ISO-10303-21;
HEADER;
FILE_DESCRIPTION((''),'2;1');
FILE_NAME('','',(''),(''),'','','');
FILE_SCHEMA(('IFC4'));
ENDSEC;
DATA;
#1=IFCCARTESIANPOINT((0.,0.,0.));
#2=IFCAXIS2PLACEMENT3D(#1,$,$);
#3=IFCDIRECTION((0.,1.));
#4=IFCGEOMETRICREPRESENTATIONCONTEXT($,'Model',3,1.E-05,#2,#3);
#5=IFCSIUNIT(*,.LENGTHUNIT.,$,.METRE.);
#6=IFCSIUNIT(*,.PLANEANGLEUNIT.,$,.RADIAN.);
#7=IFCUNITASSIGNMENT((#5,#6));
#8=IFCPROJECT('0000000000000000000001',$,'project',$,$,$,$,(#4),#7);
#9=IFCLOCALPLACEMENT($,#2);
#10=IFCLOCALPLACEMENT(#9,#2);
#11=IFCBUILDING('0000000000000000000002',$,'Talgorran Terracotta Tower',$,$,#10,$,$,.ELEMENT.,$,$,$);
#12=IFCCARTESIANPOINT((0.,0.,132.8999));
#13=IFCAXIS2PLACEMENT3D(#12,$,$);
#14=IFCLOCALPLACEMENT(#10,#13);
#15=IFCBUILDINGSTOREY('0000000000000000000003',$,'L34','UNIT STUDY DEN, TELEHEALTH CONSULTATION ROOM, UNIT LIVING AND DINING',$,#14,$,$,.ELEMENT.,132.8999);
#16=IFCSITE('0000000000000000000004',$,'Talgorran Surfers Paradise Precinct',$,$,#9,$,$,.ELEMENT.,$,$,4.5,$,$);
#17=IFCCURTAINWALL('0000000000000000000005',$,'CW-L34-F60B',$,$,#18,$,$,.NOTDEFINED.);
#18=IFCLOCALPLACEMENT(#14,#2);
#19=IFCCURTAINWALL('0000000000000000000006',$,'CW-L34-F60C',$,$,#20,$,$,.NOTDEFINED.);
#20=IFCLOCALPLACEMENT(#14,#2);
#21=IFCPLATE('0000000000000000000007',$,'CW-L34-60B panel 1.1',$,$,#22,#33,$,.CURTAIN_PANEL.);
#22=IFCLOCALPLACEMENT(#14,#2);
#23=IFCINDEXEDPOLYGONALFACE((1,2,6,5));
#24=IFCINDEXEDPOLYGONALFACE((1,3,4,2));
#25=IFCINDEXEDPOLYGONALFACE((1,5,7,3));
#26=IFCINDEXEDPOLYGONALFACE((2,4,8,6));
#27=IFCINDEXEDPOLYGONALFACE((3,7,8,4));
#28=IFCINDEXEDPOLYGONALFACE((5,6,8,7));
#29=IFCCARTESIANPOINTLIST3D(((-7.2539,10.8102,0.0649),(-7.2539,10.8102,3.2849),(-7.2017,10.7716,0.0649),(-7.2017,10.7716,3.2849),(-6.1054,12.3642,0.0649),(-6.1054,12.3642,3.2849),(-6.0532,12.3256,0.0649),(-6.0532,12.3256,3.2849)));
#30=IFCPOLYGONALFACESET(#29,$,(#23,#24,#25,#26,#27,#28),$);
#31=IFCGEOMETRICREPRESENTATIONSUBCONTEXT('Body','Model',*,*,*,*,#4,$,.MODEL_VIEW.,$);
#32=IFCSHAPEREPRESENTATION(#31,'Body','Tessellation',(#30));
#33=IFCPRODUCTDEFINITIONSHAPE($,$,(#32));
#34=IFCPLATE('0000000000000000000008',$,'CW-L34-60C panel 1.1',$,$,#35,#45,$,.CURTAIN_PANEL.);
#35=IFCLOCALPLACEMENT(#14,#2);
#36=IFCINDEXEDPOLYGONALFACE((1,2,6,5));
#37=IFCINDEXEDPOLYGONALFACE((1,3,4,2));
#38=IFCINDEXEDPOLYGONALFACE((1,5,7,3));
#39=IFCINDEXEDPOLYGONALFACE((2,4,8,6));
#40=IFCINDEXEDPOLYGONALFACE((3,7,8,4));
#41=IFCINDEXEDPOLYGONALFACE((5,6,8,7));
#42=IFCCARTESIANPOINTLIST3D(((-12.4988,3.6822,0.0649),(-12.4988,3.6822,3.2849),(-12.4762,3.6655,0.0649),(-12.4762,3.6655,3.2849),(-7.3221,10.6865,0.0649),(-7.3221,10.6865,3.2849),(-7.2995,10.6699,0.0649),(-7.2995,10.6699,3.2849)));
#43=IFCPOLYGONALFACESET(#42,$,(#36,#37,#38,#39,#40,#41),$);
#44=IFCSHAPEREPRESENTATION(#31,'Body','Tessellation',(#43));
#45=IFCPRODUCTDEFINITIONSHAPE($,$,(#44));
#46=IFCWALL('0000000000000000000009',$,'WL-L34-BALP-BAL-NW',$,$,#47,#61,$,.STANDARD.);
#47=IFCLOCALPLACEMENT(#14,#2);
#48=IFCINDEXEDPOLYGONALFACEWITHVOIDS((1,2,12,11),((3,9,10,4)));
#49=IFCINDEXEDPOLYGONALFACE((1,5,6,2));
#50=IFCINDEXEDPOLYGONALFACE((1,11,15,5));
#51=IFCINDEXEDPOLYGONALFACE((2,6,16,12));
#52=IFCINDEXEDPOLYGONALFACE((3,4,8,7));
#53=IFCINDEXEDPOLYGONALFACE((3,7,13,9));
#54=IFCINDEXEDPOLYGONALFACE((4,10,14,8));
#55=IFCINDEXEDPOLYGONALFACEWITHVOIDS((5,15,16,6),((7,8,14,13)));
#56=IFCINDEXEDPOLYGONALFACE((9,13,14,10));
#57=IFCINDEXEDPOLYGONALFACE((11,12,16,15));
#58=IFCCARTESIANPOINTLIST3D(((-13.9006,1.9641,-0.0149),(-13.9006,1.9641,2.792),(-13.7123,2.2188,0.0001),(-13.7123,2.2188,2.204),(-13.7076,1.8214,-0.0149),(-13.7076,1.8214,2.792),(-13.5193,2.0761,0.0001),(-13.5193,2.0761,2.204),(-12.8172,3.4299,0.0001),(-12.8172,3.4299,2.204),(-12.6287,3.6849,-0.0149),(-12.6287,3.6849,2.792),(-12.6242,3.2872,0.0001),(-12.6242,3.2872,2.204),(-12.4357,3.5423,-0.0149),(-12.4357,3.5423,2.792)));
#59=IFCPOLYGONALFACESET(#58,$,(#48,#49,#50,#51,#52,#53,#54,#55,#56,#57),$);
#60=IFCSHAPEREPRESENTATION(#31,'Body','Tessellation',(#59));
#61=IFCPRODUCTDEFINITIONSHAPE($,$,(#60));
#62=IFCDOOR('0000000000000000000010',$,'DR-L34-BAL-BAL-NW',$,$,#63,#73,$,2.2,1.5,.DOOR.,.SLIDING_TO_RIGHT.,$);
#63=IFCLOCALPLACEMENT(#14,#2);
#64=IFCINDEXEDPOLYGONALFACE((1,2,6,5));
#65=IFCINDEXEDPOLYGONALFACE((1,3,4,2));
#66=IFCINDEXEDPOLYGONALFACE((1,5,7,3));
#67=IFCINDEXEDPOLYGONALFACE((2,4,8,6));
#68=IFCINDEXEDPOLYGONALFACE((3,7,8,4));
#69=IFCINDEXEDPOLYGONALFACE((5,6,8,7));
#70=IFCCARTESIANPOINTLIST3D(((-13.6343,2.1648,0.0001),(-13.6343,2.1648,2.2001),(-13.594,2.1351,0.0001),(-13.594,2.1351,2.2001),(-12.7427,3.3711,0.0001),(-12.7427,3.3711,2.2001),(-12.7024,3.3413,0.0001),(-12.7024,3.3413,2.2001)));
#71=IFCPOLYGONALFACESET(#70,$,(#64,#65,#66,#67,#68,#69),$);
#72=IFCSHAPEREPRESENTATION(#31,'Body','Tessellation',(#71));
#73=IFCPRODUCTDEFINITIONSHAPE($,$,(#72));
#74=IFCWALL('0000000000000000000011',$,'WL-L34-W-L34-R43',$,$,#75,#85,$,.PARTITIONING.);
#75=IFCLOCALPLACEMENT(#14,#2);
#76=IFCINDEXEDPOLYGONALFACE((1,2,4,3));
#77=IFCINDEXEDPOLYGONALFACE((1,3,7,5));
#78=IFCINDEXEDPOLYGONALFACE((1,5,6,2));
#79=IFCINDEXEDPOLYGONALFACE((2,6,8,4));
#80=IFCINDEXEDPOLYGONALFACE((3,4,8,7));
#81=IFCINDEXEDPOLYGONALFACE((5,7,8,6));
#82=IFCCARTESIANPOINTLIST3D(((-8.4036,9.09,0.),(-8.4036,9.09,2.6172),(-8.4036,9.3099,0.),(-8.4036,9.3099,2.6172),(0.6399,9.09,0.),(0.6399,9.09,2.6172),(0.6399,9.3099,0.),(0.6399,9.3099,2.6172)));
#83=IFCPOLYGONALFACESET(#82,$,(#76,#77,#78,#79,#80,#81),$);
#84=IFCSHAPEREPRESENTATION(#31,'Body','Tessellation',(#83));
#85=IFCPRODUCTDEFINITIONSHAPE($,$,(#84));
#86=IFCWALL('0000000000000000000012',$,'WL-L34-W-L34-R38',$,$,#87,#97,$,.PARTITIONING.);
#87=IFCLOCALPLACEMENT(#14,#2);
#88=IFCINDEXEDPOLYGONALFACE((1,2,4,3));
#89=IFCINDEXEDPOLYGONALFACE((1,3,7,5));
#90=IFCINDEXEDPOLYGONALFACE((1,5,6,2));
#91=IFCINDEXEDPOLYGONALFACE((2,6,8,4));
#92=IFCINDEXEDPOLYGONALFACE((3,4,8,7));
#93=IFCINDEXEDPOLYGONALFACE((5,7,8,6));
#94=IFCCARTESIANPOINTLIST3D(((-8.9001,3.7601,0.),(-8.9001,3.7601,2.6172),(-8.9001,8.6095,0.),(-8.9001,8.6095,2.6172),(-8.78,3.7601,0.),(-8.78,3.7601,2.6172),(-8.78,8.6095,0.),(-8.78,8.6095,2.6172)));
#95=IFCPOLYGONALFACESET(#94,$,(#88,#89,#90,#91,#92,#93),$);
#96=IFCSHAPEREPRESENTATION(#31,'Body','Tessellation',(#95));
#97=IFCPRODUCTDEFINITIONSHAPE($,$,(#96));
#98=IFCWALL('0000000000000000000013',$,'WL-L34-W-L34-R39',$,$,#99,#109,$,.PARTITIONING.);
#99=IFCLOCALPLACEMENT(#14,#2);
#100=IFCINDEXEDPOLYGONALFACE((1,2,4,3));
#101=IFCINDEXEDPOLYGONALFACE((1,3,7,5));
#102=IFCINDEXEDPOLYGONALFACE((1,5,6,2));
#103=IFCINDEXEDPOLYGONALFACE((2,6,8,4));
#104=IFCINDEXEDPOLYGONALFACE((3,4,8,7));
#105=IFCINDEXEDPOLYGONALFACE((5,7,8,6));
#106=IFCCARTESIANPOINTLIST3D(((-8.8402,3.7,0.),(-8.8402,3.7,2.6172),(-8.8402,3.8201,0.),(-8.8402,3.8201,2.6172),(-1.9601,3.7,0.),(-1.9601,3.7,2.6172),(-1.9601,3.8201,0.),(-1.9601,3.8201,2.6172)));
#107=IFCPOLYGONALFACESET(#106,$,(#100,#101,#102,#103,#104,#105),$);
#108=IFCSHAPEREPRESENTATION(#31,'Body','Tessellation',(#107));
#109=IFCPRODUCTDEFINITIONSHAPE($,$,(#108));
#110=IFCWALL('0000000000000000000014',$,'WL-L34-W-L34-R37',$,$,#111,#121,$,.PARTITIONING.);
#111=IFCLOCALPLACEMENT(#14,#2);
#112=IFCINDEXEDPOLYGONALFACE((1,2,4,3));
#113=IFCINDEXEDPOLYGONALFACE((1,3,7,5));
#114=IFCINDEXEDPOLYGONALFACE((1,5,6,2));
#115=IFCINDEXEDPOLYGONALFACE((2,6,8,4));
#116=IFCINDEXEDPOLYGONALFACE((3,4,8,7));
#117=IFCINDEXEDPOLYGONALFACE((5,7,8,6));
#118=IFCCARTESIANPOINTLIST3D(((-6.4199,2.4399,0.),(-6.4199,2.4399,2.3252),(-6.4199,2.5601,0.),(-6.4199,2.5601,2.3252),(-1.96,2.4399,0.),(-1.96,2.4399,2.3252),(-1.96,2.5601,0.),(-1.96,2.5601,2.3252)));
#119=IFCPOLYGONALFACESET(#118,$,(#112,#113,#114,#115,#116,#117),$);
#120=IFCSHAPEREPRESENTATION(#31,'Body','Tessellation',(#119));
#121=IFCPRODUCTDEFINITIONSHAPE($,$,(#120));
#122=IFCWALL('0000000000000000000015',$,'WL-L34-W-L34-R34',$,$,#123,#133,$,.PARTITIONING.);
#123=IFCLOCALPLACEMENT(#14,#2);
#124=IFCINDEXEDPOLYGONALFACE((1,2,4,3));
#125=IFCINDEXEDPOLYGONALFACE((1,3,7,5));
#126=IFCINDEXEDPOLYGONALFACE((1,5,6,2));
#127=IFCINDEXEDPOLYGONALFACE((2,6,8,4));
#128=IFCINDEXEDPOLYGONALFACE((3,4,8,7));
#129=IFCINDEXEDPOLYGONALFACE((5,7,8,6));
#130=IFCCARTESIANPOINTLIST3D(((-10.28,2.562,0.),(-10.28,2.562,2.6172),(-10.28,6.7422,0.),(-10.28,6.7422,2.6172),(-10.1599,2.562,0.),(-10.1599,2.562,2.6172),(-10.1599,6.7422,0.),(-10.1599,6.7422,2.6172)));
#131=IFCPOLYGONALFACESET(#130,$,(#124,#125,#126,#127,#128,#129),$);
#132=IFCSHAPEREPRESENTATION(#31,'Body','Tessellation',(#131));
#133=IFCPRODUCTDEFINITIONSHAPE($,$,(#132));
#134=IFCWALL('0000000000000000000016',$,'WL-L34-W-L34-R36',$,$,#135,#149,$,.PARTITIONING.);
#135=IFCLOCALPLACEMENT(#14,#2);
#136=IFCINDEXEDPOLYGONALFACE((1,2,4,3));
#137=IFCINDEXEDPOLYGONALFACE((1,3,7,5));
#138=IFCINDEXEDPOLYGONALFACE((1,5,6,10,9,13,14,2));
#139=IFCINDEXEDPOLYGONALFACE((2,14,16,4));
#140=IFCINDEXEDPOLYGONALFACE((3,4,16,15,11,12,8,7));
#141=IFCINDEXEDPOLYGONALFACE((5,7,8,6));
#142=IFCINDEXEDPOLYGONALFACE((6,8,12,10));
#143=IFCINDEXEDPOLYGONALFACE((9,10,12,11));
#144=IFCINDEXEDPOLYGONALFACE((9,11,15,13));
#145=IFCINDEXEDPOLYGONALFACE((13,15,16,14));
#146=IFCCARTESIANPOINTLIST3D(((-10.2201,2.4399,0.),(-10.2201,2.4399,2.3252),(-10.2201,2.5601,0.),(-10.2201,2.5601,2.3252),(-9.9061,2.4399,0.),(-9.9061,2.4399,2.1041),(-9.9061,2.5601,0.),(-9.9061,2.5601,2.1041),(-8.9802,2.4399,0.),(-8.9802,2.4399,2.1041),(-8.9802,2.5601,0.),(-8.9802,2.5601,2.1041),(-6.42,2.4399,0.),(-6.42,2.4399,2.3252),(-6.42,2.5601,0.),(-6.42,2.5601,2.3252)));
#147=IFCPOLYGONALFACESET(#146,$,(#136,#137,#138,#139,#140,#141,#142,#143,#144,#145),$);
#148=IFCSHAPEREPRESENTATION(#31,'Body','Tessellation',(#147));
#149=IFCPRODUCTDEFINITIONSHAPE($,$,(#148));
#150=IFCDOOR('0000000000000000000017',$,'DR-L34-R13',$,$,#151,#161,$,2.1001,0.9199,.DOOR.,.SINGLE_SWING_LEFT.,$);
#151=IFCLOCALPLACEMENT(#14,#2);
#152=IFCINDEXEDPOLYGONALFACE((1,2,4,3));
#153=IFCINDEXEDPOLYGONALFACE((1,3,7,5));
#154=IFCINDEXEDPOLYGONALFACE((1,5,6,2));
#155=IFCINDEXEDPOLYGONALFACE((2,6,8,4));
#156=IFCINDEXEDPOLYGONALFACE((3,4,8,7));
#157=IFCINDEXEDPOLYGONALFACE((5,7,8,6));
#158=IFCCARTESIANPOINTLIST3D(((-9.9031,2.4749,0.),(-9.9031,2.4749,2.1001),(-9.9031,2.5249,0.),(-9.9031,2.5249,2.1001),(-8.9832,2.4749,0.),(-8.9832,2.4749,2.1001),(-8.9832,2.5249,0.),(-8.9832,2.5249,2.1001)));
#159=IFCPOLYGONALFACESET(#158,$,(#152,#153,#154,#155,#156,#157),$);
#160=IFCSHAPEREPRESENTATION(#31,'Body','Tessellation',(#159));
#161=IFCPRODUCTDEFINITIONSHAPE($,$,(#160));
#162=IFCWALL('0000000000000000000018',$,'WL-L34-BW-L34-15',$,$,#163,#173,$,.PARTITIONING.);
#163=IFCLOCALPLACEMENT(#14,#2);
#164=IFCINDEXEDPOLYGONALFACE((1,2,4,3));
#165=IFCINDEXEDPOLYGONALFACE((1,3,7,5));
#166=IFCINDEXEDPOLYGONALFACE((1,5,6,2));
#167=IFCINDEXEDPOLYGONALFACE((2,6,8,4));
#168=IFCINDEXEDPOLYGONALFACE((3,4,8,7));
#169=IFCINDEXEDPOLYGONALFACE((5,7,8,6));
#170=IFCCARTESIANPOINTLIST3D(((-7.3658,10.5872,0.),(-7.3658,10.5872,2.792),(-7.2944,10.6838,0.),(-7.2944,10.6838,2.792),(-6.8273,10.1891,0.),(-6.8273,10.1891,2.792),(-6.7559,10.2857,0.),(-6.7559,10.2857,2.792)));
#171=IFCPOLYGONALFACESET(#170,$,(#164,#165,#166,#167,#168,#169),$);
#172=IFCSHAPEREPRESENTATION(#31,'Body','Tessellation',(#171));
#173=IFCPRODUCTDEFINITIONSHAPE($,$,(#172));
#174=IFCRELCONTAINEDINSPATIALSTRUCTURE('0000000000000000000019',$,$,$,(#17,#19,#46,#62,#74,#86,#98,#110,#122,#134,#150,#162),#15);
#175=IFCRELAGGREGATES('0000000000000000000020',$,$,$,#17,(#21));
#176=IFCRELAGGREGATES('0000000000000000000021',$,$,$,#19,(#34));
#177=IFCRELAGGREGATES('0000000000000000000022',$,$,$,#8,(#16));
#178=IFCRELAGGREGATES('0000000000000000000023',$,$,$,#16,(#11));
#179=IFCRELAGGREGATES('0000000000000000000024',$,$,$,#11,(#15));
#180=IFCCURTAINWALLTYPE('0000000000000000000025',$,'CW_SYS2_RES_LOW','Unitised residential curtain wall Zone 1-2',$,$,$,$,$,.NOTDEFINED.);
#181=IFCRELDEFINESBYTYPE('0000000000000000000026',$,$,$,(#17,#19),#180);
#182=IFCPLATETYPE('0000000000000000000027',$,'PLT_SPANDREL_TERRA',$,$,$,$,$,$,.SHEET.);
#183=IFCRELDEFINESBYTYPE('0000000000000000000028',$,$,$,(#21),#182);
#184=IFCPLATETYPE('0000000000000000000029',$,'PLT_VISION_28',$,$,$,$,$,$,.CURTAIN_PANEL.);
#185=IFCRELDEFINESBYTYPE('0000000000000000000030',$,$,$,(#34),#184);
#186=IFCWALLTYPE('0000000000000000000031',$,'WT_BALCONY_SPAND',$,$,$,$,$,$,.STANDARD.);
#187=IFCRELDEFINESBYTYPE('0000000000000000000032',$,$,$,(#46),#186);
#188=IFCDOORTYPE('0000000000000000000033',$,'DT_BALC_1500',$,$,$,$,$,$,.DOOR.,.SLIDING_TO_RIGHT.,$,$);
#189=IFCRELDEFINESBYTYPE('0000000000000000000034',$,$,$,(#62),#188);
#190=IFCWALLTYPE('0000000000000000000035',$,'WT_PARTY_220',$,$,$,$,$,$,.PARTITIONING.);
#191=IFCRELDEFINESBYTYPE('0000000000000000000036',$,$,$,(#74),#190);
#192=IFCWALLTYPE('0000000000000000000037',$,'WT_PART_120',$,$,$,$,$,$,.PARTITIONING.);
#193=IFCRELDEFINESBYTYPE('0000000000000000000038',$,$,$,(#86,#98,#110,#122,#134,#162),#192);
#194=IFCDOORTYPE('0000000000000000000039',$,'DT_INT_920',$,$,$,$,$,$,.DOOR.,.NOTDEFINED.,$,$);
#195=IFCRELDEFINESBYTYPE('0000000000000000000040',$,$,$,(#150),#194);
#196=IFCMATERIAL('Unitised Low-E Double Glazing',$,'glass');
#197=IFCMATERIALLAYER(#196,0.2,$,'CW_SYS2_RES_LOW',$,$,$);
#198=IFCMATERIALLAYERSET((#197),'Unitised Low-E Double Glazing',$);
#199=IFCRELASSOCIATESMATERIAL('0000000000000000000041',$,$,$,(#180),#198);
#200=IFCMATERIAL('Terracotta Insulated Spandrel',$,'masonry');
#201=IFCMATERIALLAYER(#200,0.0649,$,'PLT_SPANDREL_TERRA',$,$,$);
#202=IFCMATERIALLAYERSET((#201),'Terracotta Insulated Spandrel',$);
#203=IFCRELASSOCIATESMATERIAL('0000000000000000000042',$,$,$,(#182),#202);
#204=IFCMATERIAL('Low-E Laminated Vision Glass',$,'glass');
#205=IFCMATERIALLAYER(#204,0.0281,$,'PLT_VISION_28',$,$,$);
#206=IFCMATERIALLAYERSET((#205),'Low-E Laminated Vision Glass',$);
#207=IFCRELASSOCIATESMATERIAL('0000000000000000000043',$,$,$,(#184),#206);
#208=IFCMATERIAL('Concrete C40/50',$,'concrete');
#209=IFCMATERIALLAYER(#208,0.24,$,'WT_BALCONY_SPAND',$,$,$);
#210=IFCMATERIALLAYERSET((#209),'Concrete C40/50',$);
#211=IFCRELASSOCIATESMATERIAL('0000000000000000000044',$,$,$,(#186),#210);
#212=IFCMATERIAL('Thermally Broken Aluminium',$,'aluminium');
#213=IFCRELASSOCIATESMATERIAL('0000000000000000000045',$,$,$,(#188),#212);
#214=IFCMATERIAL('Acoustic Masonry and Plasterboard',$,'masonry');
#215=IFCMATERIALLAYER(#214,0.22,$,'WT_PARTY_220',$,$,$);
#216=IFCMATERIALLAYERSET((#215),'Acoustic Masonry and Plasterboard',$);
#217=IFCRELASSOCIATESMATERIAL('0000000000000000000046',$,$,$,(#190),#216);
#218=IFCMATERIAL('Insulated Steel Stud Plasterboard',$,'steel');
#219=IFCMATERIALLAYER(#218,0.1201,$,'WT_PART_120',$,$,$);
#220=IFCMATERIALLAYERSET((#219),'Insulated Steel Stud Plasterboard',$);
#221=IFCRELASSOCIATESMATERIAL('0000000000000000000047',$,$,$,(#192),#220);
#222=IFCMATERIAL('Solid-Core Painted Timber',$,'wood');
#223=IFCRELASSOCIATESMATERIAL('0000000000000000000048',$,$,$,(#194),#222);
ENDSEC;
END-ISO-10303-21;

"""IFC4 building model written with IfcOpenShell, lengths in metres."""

from ifc_helpers import new_model, si_unit, direction, frame, frame_2d, origin, origin_2d, place, context, subcontext, project, spatial, rectangle, extrude, source, transform, mapped, material, layer, layer_set, type_object, type_shapes, element, fill, aggregate, save


model = new_model("IFC4")

# Units and contexts
model_context = context("Model", 3, precision=1e-05, world=origin(), true_north=direction((0.0, 1.0)))
body_context = subcontext(model_context, "Body", "Model", "MODEL_VIEW")
ifc_project = project(units=[si_unit("LENGTHUNIT", "METRE"), si_unit("PLANEANGLEUNIT", "RADIAN")], contexts=[model_context])

# Site, building, storey
site_placement = place(None, origin())
site = spatial("IfcSite", under=ifc_project, at=site_placement, Name="Talgorran Surfers Paradise Precinct", CompositionType="ELEMENT", RefElevation=4.5)
building_placement = place(site_placement, origin())
building = spatial("IfcBuilding", under=site, at=building_placement, Name="Talgorran Terracotta Tower", CompositionType="ELEMENT")
storey_placement = place(building_placement, frame((0.0, 0.0, 132.8999)))
storey = spatial("IfcBuildingStorey", under=building, at=storey_placement, Name="L34", Description="UNIT STUDY DEN, TELEHEALTH CONSULTATION ROOM, UNIT LIVING AND DINING", CompositionType="ELEMENT", Elevation=132.8999)

# Curtain wall
ifc_material_1 = material(Name="Unitised Low-E Double Glazing", Category="glass")
ifc_layer_1 = layer(ifc_material_1, 0.2, Name="CW_SYS2_RES_LOW")
ifc_layer_set_1 = layer_set([ifc_layer_1], Name="Unitised Low-E Double Glazing")
curtain_wall_type = type_object("IfcCurtainWallType", Name="CW_SYS2_RES_LOW", Description="Unitised residential curtain wall Zone 1-2", PredefinedType="NOTDEFINED", material=ifc_layer_set_1)
curtain_wall_1_placement = place(storey_placement, origin())
curtain_wall_1 = element("IfcCurtainWall", 1, at=curtain_wall_1_placement, inside=storey, type_object=curtain_wall_type, Name="CW-L34-F60B", PredefinedType="NOTDEFINED")

# Curtain wall
curtain_wall_2_placement = place(storey_placement, origin())
curtain_wall_2 = element("IfcCurtainWall", 2, at=curtain_wall_2_placement, inside=storey, type_object=curtain_wall_type, Name="CW-L34-F60C", PredefinedType="NOTDEFINED")

# Plates
ifc_material_2 = material(Name="Terracotta Insulated Spandrel", Category="masonry")
ifc_layer_2 = layer(ifc_material_2, 0.0649, Name="PLT_SPANDREL_TERRA")
ifc_layer_set_2 = layer_set([ifc_layer_2], Name="Terracotta Insulated Spandrel")
plate_type_1 = type_object("IfcPlateType", Name="PLT_SPANDREL_TERRA", PredefinedType="SHEET", material=ifc_layer_set_2)
shared_shape_1 = source(origin(), body_context, "Body", "SweptSolid", [
    extrude(rectangle(XDim=1.9324, YDim=0.0649, at=origin_2d()), origin(), (0.0, 0.0, 1.0), 3.22),
])
type_shapes(plate_type_1, [shared_shape_1])
plate_1_placement = place(storey_placement, frame((-6.6536, 11.5679, 0.0649), z_axis=(0.0, 0.0, 1.0), x_axis=(-0.594345, -0.80421, 0.0)))
plate_1 = element("IfcPlate", 3, at=plate_1_placement, type_object=plate_type_1, Name="CW-L34-60B panel 1.1", PredefinedType="CURTAIN_PANEL", context=body_context, shape_type="MappedRepresentation", body=[
    mapped(shared_shape_1, transform((0.0, 0.0, 0.0), scale=1.0)),
])
aggregate(curtain_wall_1, [plate_1])
ifc_material_3 = material(Name="Low-E Laminated Vision Glass", Category="glass")
ifc_layer_3 = layer(ifc_material_3, 0.0281, Name="PLT_VISION_28")
ifc_layer_set_3 = layer_set([ifc_layer_3], Name="Low-E Laminated Vision Glass")
plate_type_2 = type_object("IfcPlateType", Name="PLT_VISION_28", PredefinedType="CURTAIN_PANEL", material=ifc_layer_set_3)
shared_shape_2 = source(origin(), body_context, "Body", "SweptSolid", [
    extrude(rectangle(XDim=8.7097, YDim=0.0281, at=origin_2d()), origin(), (0.0, 0.0, 1.0), 3.22),
])
type_shapes(plate_type_2, [shared_shape_2])
plate_2_placement = place(storey_placement, frame((-9.8992, 7.176, 0.0649), z_axis=(0.0, 0.0, 1.0), x_axis=(-0.59436, -0.804199, 0.0)))
plate_2 = element("IfcPlate", 4, at=plate_2_placement, type_object=plate_type_2, Name="CW-L34-60C panel 1.1", PredefinedType="CURTAIN_PANEL", context=body_context, shape_type="MappedRepresentation", body=[
    mapped(shared_shape_2, transform((0.0, 0.0, 0.0), scale=1.0)),
])
aggregate(curtain_wall_2, [plate_2])

# Wall, opening, door
ifc_material_4 = material(Name="Concrete C40/50", Category="concrete")
ifc_layer_4 = layer(ifc_material_4, 0.24, Name="WT_BALCONY_SPAND")
ifc_layer_set_4 = layer_set([ifc_layer_4], Name="Concrete C40/50")
wall_type_1 = type_object("IfcWallType", Name="WT_BALCONY_SPAND", PredefinedType="STANDARD", material=ifc_layer_set_4)
wall_1_placement = place(storey_placement, frame((-12.5322, 3.6135, -0.0149), z_axis=(0.0, 0.0, 1.0), x_axis=(-0.594381, -0.804183, 0.0)))
wall_1 = element("IfcWall", 5, at=wall_1_placement, inside=storey, type_object=wall_type_1, Name="WL-L34-BALP-BAL-NW", PredefinedType="STANDARD", context=body_context, shape_type="SweptSolid", body=[
    extrude(rectangle(XDim=2.1399, YDim=0.24, at=frame_2d((1.0698, 0.0))), origin(), (0.0, 0.0, 1.0), 2.8069),
])
opening_1_placement = place(wall_1_placement, frame((0.3201, 0.0, 0.0149)))
opening_1 = element("IfcOpeningElement", 6, at=opening_1_placement, cuts=wall_1, PredefinedType="OPENING", context=body_context, shape_type="SweptSolid", body=[
    extrude(rectangle(XDim=1.506, YDim=2.204, at=frame_2d((0.75, 1.1021))), frame((0.0, 0.1299, 0.0), z_axis=(0.0, -1.0, 0.0), x_axis=(1.0, 0.0, 0.0)), (0.0, 0.0, 1.0), 0.26),
])
ifc_material_5 = material(Name="Thermally Broken Aluminium", Category="aluminium")
door_type_1 = type_object("IfcDoorType", Name="DT_BALC_1500", OperationType="SLIDING_TO_RIGHT", PredefinedType="DOOR", material=ifc_material_5)
door_1_placement = place(opening_1_placement, origin())
door_1 = element("IfcDoor", 7, at=door_1_placement, inside=storey, type_object=door_type_1, Name="DR-L34-BAL-BAL-NW", OperationType="SLIDING_TO_RIGHT", OverallHeight=2.2, OverallWidth=1.5, PredefinedType="DOOR", context=body_context, shape_type="SweptSolid", body=[
    extrude(rectangle(XDim=1.5, YDim=2.2, at=frame_2d((0.75, 1.1001))), frame((0.0, 0.0249, 0.0), z_axis=(0.0, -1.0, 0.0), x_axis=(1.0, 0.0, 0.0)), (0.0, 0.0, 1.0), 0.05),
])
fill(opening_1, door_1)

# Walls
ifc_material_6 = material(Name="Acoustic Masonry and Plasterboard", Category="masonry")
ifc_layer_5 = layer(ifc_material_6, 0.22, Name="WT_PARTY_220")
ifc_layer_set_5 = layer_set([ifc_layer_5], Name="Acoustic Masonry and Plasterboard")
wall_type_2 = type_object("IfcWallType", Name="WT_PARTY_220", PredefinedType="PARTITIONING", material=ifc_layer_set_5)
wall_2_placement = place(storey_placement, frame((-8.4036, 9.2, 0.0), z_axis=(0.0, 0.0, 1.0), x_axis=(1.0, 0.0, 0.0)))
element("IfcWall", 8, at=wall_2_placement, inside=storey, type_object=wall_type_2, Name="WL-L34-W-L34-R43", PredefinedType="PARTITIONING", context=body_context, shape_type="SweptSolid", body=[
    extrude(rectangle(XDim=9.0435, YDim=0.22, at=frame_2d((4.5217, 0.0))), origin(), (0.0, 0.0, 1.0), 2.6172),
])
ifc_material_7 = material(Name="Insulated Steel Stud Plasterboard", Category="steel")
ifc_layer_6 = layer(ifc_material_7, 0.1201, Name="WT_PART_120")
ifc_layer_set_6 = layer_set([ifc_layer_6], Name="Insulated Steel Stud Plasterboard")
wall_type_3 = type_object("IfcWallType", Name="WT_PART_120", PredefinedType="PARTITIONING", material=ifc_layer_set_6)
wall_3_placement = place(storey_placement, frame((-8.8401, 3.76, 0.0), z_axis=(0.0, 0.0, 1.0), x_axis=(0.0, 1.0, 0.0)))
element("IfcWall", 9, at=wall_3_placement, inside=storey, type_object=wall_type_3, Name="WL-L34-W-L34-R38", PredefinedType="PARTITIONING", context=body_context, shape_type="SweptSolid", body=[
    extrude(rectangle(XDim=4.8494, YDim=0.1201, at=frame_2d((2.4248, 0.0))), origin(), (0.0, 0.0, 1.0), 2.6172),
])
wall_4_placement = place(storey_placement, frame((-8.8401, 3.76, 0.0), z_axis=(0.0, 0.0, 1.0), x_axis=(1.0, 0.0, 0.0)))
element("IfcWall", 10, at=wall_4_placement, inside=storey, type_object=wall_type_3, Name="WL-L34-W-L34-R39", PredefinedType="PARTITIONING", context=body_context, shape_type="SweptSolid", body=[
    extrude(rectangle(XDim=6.8801, YDim=0.1201, at=frame_2d((3.4399, 0.0))), origin(), (0.0, 0.0, 1.0), 2.6172),
])
wall_5_placement = place(storey_placement, frame((-6.4199, 2.5, 0.0), z_axis=(0.0, 0.0, 1.0), x_axis=(1.0, 0.0, 0.0)))
element("IfcWall", 11, at=wall_5_placement, inside=storey, type_object=wall_type_3, Name="WL-L34-W-L34-R37", PredefinedType="PARTITIONING", context=body_context, shape_type="SweptSolid", body=[
    extrude(rectangle(XDim=4.46, YDim=0.1201, at=frame_2d((2.23, 0.0))), origin(), (0.0, 0.0, 1.0), 2.3252),
])
wall_6_placement = place(storey_placement, frame((-10.22, 2.562, 0.0), z_axis=(0.0, 0.0, 1.0), x_axis=(0.0, 1.0, 0.0)))
element("IfcWall", 12, at=wall_6_placement, inside=storey, type_object=wall_type_3, Name="WL-L34-W-L34-R34", PredefinedType="PARTITIONING", context=body_context, shape_type="SweptSolid", body=[
    extrude(rectangle(XDim=4.1802, YDim=0.1201, at=frame_2d((2.0901, 0.0))), origin(), (0.0, 0.0, 1.0), 2.6172),
])

# Wall, opening, door
wall_7_placement = place(storey_placement, frame((-10.22, 2.5, 0.0), z_axis=(0.0, 0.0, 1.0), x_axis=(1.0, 0.0, 0.0)))
wall_7 = element("IfcWall", 13, at=wall_7_placement, inside=storey, type_object=wall_type_3, Name="WL-L34-W-L34-R36", PredefinedType="PARTITIONING", context=body_context, shape_type="SweptSolid", body=[
    extrude(rectangle(XDim=3.8, YDim=0.1201, at=frame_2d((1.8999, 0.0))), origin(), (0.0, 0.0, 1.0), 2.3252),
])
opening_2_placement = place(wall_7_placement, frame((0.3169, 0.0, 0.0)))
opening_2 = element("IfcOpeningElement", 14, at=opening_2_placement, cuts=wall_7, PredefinedType="OPENING", context=body_context, shape_type="SweptSolid", body=[
    extrude(rectangle(XDim=0.9259, YDim=2.1041, at=frame_2d((0.46, 1.052))), frame((0.0, 0.0701, 0.0), z_axis=(0.0, -1.0, 0.0), x_axis=(1.0, 0.0, 0.0)), (0.0, 0.0, 1.0), 0.1401),
])
ifc_material_8 = material(Name="Solid-Core Painted Timber", Category="wood")
door_type_2 = type_object("IfcDoorType", Name="DT_INT_920", OperationType="NOTDEFINED", PredefinedType="DOOR", material=ifc_material_8)
door_2_placement = place(opening_2_placement, origin())
door_2 = element("IfcDoor", 15, at=door_2_placement, inside=storey, type_object=door_type_2, Name="DR-L34-R13", OperationType="SINGLE_SWING_LEFT", OverallHeight=2.1001, OverallWidth=0.9199, PredefinedType="DOOR", context=body_context, shape_type="SweptSolid", body=[
    extrude(rectangle(XDim=0.9199, YDim=2.1001, at=frame_2d((0.46, 1.05))), frame((0.0, 0.0249, 0.0), z_axis=(0.0, -1.0, 0.0), x_axis=(1.0, 0.0, 0.0)), (0.0, 0.0, 1.0), 0.05),
])
fill(opening_2, door_2)

# Wall
wall_8_placement = place(storey_placement, frame((-6.7915, 10.2373, 0.0), z_axis=(0.0, 0.0, 1.0), x_axis=(-0.804093, 0.594504, 0.0)))
element("IfcWall", 16, at=wall_8_placement, inside=storey, type_object=wall_type_3, Name="WL-L34-BW-L34-15", PredefinedType="PARTITIONING", context=body_context, shape_type="SweptSolid", body=[
    extrude(rectangle(XDim=0.6697, YDim=0.1201, at=frame_2d((0.335, 0.0))), origin(), (0.0, 0.0, 1.0), 2.792),
])

save(model, "model.ifc")
